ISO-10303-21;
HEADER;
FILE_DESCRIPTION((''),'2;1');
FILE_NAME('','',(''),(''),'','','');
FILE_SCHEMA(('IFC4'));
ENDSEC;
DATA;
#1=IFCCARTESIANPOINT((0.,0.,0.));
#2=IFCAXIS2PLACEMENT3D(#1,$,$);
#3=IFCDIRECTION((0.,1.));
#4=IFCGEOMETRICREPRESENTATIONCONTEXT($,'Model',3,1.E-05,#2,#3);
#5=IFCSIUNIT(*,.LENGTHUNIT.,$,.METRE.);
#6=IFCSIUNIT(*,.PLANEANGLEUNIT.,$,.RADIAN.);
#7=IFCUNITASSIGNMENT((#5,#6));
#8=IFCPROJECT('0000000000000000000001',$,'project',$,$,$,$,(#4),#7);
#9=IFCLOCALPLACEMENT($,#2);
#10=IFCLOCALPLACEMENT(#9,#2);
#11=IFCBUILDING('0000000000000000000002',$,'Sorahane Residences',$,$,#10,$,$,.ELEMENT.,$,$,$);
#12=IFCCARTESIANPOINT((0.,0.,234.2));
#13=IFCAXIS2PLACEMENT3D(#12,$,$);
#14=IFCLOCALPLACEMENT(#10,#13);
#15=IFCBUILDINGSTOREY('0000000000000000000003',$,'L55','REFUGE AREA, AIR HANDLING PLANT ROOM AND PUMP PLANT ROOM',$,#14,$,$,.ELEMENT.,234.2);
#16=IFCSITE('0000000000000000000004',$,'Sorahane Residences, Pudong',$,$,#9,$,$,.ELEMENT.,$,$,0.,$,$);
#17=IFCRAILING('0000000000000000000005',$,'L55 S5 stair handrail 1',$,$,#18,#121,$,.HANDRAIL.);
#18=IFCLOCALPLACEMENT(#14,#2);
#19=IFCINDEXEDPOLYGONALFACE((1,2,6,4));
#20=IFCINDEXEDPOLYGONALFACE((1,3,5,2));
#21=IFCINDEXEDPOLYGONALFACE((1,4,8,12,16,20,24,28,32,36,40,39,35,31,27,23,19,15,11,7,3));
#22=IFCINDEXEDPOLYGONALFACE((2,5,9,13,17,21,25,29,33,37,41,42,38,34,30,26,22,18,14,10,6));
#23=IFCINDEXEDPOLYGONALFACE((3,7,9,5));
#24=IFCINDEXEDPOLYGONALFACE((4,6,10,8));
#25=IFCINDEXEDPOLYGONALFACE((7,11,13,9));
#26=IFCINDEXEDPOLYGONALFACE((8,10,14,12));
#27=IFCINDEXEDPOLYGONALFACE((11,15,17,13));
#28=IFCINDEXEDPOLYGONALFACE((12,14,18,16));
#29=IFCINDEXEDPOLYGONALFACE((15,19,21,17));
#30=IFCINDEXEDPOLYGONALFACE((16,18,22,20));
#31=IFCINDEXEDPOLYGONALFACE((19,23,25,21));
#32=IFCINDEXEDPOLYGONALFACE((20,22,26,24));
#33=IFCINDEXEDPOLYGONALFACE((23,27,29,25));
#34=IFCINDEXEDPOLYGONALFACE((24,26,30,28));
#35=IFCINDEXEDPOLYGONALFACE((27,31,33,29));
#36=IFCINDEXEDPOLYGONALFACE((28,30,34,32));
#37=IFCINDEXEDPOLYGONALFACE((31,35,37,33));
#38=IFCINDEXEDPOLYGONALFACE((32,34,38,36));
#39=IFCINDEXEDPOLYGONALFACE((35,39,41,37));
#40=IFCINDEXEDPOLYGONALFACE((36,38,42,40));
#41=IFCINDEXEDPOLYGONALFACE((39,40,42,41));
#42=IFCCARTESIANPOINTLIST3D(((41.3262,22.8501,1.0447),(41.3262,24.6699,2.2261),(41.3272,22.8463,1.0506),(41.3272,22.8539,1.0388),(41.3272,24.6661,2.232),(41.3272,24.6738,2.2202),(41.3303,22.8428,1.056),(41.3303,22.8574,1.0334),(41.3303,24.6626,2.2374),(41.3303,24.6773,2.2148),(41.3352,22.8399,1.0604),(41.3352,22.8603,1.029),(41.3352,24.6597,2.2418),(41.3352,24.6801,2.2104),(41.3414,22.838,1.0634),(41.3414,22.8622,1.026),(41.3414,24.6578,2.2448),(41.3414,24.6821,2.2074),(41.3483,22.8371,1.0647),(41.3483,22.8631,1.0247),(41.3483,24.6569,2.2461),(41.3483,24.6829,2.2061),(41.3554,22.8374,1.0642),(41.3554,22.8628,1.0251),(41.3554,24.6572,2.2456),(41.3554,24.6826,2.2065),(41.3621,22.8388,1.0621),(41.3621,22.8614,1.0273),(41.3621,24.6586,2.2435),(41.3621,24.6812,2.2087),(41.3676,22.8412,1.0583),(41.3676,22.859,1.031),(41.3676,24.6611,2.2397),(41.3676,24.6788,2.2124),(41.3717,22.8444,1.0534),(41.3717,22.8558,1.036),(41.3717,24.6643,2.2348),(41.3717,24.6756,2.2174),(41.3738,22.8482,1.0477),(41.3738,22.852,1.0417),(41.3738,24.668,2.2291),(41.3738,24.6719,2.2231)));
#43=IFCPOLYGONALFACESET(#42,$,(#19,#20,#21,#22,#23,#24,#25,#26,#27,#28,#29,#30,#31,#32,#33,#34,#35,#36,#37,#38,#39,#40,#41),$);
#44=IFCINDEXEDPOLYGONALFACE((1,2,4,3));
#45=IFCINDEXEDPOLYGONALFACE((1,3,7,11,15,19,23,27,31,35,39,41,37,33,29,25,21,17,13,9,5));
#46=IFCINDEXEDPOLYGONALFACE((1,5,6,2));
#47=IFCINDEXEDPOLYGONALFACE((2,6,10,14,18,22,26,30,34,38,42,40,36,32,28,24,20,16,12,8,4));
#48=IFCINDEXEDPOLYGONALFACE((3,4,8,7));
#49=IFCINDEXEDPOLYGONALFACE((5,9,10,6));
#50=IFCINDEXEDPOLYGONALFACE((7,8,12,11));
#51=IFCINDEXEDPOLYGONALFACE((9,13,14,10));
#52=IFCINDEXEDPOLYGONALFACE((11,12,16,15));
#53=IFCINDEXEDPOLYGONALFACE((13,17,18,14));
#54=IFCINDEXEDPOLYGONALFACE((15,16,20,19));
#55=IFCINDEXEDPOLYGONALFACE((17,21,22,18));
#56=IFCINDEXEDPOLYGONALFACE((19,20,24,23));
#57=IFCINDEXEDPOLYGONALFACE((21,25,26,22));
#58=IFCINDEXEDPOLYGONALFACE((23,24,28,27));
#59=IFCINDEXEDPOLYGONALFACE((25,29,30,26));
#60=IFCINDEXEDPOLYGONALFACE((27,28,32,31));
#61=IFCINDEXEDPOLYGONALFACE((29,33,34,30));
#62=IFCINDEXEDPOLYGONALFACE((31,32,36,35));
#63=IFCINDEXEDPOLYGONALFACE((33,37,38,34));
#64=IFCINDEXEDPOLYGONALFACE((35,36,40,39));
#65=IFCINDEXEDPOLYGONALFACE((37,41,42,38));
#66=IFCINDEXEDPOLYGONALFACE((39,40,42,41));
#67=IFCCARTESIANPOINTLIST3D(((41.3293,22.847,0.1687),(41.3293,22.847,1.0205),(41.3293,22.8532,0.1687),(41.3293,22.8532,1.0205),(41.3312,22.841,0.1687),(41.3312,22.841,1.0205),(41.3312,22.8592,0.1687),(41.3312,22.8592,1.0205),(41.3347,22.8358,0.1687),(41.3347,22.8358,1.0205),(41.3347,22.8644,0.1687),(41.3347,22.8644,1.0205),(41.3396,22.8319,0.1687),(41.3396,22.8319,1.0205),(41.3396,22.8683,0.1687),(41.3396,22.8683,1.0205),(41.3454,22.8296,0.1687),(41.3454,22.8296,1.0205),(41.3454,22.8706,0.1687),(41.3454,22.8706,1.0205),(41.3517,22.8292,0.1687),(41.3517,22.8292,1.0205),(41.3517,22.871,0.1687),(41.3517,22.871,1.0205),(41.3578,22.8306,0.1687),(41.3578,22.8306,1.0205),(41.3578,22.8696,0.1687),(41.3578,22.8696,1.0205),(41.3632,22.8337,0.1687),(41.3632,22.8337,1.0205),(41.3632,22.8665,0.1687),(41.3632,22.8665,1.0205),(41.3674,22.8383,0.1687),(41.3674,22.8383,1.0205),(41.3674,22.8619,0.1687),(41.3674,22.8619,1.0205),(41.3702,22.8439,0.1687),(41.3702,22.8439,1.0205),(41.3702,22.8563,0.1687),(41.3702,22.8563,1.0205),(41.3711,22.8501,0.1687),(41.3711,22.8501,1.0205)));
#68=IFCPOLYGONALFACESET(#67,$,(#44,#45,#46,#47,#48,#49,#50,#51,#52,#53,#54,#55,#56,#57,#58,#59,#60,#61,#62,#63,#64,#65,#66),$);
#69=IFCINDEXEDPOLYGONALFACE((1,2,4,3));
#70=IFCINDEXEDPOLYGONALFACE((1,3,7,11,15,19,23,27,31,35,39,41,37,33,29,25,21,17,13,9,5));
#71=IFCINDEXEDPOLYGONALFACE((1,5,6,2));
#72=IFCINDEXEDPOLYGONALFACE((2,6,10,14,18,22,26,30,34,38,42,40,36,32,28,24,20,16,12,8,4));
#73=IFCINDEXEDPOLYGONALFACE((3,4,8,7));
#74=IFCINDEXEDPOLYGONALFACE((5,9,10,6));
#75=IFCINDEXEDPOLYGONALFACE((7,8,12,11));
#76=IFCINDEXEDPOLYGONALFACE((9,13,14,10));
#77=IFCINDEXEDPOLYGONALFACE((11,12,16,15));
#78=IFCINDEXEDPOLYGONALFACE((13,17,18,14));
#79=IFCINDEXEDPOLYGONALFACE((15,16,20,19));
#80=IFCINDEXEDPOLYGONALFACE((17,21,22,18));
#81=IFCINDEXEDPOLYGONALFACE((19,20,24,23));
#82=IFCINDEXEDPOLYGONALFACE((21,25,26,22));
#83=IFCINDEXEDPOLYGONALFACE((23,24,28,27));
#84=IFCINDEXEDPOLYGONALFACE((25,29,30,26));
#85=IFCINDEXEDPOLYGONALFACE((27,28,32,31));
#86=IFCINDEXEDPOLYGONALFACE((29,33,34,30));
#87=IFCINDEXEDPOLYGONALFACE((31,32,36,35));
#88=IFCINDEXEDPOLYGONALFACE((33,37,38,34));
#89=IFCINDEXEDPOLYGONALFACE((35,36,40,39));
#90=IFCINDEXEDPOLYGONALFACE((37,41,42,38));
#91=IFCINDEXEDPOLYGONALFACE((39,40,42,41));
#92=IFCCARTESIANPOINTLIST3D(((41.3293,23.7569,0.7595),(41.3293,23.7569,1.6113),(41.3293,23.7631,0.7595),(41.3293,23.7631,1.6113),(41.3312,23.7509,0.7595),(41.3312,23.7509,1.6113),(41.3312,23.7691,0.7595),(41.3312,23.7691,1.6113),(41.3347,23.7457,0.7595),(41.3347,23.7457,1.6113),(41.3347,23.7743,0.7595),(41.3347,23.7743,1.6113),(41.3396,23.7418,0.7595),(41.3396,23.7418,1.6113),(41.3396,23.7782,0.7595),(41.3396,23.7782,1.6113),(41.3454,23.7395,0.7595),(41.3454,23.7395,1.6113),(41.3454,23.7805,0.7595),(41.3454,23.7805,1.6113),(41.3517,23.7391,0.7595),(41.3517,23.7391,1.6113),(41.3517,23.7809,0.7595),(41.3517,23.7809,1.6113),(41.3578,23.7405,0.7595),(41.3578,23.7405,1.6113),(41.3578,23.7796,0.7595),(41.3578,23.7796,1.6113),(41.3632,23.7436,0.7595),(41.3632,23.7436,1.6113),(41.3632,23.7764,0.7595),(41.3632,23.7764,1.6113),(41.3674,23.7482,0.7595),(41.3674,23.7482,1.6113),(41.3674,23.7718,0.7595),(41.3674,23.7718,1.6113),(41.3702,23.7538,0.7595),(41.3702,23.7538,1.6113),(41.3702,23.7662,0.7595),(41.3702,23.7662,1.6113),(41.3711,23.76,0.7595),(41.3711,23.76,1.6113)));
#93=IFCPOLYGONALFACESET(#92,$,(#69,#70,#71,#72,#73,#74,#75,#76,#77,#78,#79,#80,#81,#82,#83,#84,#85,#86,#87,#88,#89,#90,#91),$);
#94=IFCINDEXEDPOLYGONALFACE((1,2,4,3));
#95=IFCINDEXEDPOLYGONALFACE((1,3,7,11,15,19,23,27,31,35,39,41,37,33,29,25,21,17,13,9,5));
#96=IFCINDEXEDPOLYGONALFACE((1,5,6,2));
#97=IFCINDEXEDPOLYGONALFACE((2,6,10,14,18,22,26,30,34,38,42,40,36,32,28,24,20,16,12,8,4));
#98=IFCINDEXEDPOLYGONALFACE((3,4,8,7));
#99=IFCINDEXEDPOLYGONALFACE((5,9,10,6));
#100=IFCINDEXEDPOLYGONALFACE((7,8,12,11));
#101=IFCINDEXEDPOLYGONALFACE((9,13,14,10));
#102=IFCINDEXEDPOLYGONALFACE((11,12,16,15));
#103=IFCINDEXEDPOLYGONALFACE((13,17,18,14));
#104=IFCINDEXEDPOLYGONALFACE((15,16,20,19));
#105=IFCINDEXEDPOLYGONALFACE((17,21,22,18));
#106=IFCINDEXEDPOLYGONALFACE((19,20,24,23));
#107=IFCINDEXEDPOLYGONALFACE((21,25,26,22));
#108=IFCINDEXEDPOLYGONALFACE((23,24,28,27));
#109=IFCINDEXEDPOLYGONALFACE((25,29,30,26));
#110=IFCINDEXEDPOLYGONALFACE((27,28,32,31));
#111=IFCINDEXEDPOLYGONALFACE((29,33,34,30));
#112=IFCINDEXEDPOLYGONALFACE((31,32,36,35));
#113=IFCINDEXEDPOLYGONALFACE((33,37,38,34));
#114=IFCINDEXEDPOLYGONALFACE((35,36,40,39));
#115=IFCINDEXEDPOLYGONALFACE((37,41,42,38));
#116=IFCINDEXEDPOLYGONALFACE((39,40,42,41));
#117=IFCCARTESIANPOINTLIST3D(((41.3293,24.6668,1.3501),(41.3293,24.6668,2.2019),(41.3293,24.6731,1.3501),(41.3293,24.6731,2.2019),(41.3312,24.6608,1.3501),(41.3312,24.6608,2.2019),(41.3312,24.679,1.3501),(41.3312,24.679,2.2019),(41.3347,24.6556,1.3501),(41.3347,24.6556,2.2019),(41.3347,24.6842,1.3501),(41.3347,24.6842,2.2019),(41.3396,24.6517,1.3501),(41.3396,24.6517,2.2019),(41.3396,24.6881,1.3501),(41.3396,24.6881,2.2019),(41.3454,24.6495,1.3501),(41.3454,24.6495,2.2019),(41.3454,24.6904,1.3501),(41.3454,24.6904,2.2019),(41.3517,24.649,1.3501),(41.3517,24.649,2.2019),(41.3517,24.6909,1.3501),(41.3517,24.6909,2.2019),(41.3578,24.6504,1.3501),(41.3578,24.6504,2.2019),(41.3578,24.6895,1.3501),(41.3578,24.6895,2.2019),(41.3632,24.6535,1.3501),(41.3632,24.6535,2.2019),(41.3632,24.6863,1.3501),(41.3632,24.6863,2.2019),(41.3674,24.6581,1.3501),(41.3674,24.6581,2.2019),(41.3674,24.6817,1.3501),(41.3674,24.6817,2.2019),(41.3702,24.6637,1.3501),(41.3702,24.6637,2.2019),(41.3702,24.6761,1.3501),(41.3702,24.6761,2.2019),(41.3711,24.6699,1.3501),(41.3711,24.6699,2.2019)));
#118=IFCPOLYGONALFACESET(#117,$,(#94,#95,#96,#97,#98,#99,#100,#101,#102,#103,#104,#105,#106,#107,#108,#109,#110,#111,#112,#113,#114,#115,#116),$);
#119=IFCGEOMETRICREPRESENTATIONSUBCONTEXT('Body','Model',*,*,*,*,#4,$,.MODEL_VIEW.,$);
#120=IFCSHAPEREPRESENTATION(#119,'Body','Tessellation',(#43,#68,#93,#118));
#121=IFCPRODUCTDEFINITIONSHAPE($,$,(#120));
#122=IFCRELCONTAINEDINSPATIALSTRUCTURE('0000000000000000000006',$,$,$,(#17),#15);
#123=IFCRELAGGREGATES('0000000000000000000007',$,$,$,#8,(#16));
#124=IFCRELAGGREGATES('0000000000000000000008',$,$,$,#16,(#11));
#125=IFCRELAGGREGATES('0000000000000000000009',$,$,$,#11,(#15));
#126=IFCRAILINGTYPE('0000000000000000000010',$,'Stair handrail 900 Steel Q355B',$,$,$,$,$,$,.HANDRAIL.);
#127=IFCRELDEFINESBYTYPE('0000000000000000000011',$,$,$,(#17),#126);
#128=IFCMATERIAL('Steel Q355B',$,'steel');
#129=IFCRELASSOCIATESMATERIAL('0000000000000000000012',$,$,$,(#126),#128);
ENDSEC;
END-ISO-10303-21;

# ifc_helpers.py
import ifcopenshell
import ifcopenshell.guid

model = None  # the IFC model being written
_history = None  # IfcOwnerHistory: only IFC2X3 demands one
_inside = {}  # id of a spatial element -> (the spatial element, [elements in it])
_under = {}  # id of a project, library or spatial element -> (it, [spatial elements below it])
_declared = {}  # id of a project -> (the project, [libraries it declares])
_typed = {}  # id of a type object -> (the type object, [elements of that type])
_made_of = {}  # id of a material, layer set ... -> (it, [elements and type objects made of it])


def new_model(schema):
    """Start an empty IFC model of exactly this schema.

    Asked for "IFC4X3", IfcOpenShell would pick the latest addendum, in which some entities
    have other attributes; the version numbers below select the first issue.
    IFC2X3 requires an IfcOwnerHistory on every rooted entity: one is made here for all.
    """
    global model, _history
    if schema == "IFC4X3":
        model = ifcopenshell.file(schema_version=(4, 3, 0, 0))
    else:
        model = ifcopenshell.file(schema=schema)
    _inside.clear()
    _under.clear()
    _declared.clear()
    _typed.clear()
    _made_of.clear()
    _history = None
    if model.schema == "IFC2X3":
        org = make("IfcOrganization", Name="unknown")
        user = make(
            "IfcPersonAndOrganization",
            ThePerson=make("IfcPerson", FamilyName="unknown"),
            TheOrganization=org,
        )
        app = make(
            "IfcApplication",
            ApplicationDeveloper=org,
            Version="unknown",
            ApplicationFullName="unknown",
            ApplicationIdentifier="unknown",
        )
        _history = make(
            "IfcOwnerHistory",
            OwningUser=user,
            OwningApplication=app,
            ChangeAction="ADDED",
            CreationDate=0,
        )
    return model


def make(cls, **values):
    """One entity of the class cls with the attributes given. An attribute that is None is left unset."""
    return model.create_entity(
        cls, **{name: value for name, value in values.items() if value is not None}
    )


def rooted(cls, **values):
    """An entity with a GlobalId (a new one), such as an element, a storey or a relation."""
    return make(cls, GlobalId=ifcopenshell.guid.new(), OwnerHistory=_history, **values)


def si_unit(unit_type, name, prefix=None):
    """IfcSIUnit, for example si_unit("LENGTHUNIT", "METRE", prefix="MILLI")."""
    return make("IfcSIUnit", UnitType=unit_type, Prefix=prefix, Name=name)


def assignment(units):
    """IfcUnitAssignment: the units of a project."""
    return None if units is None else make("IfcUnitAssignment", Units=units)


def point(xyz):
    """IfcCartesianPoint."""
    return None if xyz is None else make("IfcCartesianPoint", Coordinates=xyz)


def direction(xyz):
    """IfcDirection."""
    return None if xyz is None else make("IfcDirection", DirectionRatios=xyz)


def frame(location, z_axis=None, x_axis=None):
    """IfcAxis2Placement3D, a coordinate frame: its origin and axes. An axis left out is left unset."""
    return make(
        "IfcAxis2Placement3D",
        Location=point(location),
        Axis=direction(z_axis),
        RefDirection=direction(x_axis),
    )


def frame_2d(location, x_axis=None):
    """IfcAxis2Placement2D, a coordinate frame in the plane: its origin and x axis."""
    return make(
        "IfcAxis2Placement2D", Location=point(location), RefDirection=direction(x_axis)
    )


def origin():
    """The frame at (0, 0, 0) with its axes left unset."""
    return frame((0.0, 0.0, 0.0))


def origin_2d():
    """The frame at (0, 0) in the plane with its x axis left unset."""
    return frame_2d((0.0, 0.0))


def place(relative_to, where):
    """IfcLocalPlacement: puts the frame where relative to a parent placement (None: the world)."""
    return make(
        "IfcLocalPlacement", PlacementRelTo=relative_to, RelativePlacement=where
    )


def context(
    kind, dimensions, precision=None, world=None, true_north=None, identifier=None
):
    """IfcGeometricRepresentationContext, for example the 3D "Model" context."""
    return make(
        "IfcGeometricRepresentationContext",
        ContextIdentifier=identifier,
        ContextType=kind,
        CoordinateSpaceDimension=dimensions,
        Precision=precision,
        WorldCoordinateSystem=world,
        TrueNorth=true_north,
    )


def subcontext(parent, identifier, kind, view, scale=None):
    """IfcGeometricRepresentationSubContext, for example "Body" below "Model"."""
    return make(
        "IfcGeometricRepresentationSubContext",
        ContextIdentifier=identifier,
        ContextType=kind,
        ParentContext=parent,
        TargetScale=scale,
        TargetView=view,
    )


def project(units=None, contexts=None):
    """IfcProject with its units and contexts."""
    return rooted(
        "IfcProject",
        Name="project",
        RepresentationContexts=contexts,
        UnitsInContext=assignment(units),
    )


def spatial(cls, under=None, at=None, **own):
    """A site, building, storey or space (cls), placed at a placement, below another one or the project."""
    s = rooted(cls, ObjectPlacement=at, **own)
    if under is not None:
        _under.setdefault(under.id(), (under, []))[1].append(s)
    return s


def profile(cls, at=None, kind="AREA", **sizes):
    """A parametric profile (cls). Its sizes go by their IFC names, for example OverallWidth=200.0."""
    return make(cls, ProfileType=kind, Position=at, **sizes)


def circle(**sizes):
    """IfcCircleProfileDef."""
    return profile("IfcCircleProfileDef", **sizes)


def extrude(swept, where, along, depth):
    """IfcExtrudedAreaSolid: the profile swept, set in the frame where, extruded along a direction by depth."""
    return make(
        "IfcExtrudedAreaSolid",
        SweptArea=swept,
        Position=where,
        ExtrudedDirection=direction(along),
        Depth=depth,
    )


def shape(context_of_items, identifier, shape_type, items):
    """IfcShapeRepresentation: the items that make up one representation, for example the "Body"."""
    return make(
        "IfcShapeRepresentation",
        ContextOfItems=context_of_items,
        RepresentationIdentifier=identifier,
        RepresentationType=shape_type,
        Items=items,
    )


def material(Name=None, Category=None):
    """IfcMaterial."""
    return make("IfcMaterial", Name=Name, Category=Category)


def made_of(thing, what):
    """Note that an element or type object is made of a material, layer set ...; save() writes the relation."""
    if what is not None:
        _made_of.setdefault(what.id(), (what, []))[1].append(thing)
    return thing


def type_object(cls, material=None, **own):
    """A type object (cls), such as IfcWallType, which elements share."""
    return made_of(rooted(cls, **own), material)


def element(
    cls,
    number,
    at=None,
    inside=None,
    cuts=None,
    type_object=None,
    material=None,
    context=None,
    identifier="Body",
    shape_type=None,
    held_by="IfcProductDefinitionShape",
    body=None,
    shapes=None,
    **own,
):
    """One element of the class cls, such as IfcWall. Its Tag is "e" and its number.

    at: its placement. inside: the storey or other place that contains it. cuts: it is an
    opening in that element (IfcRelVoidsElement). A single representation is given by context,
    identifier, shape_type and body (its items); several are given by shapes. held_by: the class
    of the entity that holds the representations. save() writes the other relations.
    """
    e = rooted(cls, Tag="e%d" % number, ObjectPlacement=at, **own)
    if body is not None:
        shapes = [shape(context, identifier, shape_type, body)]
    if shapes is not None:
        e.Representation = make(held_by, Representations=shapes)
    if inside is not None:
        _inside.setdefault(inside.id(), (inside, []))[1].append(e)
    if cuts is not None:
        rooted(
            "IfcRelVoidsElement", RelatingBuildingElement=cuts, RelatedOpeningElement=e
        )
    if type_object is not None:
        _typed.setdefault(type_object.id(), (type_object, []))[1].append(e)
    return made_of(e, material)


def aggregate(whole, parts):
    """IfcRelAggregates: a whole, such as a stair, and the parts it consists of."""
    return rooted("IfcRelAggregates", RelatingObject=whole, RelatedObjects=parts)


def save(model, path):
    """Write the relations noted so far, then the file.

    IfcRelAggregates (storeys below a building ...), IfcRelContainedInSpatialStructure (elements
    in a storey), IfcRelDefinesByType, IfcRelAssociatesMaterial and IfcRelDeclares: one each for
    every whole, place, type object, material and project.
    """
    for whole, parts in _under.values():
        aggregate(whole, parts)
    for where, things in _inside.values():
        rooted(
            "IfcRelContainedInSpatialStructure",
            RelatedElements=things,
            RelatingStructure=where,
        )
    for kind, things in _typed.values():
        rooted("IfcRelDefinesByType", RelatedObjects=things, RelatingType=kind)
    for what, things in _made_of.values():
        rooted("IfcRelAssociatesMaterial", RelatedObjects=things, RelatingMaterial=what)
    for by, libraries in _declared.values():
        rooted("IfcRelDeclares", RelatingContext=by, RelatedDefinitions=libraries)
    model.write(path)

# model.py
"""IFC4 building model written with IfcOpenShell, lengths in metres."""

from ifc_helpers import new_model, si_unit, direction, frame, origin, origin_2d, place, context, subcontext, project, spatial, circle, extrude, material, type_object, element, save


model = new_model("IFC4")

# Units and contexts
model_context = context("Model", 3, precision=1e-05, world=origin(), true_north=direction((0.0, 1.0)))
body_context = subcontext(model_context, "Body", "Model", "MODEL_VIEW")
ifc_project = project(units=[si_unit("LENGTHUNIT", "METRE"), si_unit("PLANEANGLEUNIT", "RADIAN")], contexts=[model_context])

# Site, building, storey
site_placement = place(None, origin())
site = spatial("IfcSite", under=ifc_project, at=site_placement, Name="Sorahane Residences, Pudong", CompositionType="ELEMENT", RefElevation=0.0)
building_placement = place(site_placement, origin())
building = spatial("IfcBuilding", under=site, at=building_placement, Name="Sorahane Residences", CompositionType="ELEMENT")
storey_placement = place(building_placement, frame((0.0, 0.0, 234.2)))
storey = spatial("IfcBuildingStorey", under=building, at=storey_placement, Name="L55", Description="REFUGE AREA, AIR HANDLING PLANT ROOM AND PUMP PLANT ROOM", CompositionType="ELEMENT", Elevation=234.2)

# Railing
ifc_material_1 = material(Name="Steel Q355B", Category="steel")
railing_type_1 = type_object("IfcRailingType", Name="Stair handrail 900 Steel Q355B", PredefinedType="HANDRAIL", material=ifc_material_1)
railing_1_placement = place(storey_placement, frame((41.3501, 22.8501, 0.1687)))
element("IfcRailing", 1, at=railing_1_placement, inside=storey, type_object=railing_type_1, Name="L55 S5 stair handrail 1", PredefinedType="HANDRAIL", context=body_context, shape_type="SweptSolid", body=[
    extrude(circle(Radius=0.0239, at=origin_2d()), frame((0.0, 0.0, 0.876), z_axis=(0.0, 0.838757, 0.544506), x_axis=(-1.0, 0.0, 0.0)), (0.0, 0.0, 1.0), 2.1697),
    extrude(circle(Radius=0.021, at=origin_2d()), origin(), (0.0, 0.0, 1.0), 0.8518),
    extrude(circle(Radius=0.021, at=origin_2d()), frame((0.0, 0.9099, 0.5908)), (0.0, 0.0, 1.0), 0.8518),
    extrude(circle(Radius=0.021, at=origin_2d()), frame((0.0, 1.8198, 1.1814)), (0.0, 0.0, 1.0), 0.8518),
])

save(model, "model.ifc")
